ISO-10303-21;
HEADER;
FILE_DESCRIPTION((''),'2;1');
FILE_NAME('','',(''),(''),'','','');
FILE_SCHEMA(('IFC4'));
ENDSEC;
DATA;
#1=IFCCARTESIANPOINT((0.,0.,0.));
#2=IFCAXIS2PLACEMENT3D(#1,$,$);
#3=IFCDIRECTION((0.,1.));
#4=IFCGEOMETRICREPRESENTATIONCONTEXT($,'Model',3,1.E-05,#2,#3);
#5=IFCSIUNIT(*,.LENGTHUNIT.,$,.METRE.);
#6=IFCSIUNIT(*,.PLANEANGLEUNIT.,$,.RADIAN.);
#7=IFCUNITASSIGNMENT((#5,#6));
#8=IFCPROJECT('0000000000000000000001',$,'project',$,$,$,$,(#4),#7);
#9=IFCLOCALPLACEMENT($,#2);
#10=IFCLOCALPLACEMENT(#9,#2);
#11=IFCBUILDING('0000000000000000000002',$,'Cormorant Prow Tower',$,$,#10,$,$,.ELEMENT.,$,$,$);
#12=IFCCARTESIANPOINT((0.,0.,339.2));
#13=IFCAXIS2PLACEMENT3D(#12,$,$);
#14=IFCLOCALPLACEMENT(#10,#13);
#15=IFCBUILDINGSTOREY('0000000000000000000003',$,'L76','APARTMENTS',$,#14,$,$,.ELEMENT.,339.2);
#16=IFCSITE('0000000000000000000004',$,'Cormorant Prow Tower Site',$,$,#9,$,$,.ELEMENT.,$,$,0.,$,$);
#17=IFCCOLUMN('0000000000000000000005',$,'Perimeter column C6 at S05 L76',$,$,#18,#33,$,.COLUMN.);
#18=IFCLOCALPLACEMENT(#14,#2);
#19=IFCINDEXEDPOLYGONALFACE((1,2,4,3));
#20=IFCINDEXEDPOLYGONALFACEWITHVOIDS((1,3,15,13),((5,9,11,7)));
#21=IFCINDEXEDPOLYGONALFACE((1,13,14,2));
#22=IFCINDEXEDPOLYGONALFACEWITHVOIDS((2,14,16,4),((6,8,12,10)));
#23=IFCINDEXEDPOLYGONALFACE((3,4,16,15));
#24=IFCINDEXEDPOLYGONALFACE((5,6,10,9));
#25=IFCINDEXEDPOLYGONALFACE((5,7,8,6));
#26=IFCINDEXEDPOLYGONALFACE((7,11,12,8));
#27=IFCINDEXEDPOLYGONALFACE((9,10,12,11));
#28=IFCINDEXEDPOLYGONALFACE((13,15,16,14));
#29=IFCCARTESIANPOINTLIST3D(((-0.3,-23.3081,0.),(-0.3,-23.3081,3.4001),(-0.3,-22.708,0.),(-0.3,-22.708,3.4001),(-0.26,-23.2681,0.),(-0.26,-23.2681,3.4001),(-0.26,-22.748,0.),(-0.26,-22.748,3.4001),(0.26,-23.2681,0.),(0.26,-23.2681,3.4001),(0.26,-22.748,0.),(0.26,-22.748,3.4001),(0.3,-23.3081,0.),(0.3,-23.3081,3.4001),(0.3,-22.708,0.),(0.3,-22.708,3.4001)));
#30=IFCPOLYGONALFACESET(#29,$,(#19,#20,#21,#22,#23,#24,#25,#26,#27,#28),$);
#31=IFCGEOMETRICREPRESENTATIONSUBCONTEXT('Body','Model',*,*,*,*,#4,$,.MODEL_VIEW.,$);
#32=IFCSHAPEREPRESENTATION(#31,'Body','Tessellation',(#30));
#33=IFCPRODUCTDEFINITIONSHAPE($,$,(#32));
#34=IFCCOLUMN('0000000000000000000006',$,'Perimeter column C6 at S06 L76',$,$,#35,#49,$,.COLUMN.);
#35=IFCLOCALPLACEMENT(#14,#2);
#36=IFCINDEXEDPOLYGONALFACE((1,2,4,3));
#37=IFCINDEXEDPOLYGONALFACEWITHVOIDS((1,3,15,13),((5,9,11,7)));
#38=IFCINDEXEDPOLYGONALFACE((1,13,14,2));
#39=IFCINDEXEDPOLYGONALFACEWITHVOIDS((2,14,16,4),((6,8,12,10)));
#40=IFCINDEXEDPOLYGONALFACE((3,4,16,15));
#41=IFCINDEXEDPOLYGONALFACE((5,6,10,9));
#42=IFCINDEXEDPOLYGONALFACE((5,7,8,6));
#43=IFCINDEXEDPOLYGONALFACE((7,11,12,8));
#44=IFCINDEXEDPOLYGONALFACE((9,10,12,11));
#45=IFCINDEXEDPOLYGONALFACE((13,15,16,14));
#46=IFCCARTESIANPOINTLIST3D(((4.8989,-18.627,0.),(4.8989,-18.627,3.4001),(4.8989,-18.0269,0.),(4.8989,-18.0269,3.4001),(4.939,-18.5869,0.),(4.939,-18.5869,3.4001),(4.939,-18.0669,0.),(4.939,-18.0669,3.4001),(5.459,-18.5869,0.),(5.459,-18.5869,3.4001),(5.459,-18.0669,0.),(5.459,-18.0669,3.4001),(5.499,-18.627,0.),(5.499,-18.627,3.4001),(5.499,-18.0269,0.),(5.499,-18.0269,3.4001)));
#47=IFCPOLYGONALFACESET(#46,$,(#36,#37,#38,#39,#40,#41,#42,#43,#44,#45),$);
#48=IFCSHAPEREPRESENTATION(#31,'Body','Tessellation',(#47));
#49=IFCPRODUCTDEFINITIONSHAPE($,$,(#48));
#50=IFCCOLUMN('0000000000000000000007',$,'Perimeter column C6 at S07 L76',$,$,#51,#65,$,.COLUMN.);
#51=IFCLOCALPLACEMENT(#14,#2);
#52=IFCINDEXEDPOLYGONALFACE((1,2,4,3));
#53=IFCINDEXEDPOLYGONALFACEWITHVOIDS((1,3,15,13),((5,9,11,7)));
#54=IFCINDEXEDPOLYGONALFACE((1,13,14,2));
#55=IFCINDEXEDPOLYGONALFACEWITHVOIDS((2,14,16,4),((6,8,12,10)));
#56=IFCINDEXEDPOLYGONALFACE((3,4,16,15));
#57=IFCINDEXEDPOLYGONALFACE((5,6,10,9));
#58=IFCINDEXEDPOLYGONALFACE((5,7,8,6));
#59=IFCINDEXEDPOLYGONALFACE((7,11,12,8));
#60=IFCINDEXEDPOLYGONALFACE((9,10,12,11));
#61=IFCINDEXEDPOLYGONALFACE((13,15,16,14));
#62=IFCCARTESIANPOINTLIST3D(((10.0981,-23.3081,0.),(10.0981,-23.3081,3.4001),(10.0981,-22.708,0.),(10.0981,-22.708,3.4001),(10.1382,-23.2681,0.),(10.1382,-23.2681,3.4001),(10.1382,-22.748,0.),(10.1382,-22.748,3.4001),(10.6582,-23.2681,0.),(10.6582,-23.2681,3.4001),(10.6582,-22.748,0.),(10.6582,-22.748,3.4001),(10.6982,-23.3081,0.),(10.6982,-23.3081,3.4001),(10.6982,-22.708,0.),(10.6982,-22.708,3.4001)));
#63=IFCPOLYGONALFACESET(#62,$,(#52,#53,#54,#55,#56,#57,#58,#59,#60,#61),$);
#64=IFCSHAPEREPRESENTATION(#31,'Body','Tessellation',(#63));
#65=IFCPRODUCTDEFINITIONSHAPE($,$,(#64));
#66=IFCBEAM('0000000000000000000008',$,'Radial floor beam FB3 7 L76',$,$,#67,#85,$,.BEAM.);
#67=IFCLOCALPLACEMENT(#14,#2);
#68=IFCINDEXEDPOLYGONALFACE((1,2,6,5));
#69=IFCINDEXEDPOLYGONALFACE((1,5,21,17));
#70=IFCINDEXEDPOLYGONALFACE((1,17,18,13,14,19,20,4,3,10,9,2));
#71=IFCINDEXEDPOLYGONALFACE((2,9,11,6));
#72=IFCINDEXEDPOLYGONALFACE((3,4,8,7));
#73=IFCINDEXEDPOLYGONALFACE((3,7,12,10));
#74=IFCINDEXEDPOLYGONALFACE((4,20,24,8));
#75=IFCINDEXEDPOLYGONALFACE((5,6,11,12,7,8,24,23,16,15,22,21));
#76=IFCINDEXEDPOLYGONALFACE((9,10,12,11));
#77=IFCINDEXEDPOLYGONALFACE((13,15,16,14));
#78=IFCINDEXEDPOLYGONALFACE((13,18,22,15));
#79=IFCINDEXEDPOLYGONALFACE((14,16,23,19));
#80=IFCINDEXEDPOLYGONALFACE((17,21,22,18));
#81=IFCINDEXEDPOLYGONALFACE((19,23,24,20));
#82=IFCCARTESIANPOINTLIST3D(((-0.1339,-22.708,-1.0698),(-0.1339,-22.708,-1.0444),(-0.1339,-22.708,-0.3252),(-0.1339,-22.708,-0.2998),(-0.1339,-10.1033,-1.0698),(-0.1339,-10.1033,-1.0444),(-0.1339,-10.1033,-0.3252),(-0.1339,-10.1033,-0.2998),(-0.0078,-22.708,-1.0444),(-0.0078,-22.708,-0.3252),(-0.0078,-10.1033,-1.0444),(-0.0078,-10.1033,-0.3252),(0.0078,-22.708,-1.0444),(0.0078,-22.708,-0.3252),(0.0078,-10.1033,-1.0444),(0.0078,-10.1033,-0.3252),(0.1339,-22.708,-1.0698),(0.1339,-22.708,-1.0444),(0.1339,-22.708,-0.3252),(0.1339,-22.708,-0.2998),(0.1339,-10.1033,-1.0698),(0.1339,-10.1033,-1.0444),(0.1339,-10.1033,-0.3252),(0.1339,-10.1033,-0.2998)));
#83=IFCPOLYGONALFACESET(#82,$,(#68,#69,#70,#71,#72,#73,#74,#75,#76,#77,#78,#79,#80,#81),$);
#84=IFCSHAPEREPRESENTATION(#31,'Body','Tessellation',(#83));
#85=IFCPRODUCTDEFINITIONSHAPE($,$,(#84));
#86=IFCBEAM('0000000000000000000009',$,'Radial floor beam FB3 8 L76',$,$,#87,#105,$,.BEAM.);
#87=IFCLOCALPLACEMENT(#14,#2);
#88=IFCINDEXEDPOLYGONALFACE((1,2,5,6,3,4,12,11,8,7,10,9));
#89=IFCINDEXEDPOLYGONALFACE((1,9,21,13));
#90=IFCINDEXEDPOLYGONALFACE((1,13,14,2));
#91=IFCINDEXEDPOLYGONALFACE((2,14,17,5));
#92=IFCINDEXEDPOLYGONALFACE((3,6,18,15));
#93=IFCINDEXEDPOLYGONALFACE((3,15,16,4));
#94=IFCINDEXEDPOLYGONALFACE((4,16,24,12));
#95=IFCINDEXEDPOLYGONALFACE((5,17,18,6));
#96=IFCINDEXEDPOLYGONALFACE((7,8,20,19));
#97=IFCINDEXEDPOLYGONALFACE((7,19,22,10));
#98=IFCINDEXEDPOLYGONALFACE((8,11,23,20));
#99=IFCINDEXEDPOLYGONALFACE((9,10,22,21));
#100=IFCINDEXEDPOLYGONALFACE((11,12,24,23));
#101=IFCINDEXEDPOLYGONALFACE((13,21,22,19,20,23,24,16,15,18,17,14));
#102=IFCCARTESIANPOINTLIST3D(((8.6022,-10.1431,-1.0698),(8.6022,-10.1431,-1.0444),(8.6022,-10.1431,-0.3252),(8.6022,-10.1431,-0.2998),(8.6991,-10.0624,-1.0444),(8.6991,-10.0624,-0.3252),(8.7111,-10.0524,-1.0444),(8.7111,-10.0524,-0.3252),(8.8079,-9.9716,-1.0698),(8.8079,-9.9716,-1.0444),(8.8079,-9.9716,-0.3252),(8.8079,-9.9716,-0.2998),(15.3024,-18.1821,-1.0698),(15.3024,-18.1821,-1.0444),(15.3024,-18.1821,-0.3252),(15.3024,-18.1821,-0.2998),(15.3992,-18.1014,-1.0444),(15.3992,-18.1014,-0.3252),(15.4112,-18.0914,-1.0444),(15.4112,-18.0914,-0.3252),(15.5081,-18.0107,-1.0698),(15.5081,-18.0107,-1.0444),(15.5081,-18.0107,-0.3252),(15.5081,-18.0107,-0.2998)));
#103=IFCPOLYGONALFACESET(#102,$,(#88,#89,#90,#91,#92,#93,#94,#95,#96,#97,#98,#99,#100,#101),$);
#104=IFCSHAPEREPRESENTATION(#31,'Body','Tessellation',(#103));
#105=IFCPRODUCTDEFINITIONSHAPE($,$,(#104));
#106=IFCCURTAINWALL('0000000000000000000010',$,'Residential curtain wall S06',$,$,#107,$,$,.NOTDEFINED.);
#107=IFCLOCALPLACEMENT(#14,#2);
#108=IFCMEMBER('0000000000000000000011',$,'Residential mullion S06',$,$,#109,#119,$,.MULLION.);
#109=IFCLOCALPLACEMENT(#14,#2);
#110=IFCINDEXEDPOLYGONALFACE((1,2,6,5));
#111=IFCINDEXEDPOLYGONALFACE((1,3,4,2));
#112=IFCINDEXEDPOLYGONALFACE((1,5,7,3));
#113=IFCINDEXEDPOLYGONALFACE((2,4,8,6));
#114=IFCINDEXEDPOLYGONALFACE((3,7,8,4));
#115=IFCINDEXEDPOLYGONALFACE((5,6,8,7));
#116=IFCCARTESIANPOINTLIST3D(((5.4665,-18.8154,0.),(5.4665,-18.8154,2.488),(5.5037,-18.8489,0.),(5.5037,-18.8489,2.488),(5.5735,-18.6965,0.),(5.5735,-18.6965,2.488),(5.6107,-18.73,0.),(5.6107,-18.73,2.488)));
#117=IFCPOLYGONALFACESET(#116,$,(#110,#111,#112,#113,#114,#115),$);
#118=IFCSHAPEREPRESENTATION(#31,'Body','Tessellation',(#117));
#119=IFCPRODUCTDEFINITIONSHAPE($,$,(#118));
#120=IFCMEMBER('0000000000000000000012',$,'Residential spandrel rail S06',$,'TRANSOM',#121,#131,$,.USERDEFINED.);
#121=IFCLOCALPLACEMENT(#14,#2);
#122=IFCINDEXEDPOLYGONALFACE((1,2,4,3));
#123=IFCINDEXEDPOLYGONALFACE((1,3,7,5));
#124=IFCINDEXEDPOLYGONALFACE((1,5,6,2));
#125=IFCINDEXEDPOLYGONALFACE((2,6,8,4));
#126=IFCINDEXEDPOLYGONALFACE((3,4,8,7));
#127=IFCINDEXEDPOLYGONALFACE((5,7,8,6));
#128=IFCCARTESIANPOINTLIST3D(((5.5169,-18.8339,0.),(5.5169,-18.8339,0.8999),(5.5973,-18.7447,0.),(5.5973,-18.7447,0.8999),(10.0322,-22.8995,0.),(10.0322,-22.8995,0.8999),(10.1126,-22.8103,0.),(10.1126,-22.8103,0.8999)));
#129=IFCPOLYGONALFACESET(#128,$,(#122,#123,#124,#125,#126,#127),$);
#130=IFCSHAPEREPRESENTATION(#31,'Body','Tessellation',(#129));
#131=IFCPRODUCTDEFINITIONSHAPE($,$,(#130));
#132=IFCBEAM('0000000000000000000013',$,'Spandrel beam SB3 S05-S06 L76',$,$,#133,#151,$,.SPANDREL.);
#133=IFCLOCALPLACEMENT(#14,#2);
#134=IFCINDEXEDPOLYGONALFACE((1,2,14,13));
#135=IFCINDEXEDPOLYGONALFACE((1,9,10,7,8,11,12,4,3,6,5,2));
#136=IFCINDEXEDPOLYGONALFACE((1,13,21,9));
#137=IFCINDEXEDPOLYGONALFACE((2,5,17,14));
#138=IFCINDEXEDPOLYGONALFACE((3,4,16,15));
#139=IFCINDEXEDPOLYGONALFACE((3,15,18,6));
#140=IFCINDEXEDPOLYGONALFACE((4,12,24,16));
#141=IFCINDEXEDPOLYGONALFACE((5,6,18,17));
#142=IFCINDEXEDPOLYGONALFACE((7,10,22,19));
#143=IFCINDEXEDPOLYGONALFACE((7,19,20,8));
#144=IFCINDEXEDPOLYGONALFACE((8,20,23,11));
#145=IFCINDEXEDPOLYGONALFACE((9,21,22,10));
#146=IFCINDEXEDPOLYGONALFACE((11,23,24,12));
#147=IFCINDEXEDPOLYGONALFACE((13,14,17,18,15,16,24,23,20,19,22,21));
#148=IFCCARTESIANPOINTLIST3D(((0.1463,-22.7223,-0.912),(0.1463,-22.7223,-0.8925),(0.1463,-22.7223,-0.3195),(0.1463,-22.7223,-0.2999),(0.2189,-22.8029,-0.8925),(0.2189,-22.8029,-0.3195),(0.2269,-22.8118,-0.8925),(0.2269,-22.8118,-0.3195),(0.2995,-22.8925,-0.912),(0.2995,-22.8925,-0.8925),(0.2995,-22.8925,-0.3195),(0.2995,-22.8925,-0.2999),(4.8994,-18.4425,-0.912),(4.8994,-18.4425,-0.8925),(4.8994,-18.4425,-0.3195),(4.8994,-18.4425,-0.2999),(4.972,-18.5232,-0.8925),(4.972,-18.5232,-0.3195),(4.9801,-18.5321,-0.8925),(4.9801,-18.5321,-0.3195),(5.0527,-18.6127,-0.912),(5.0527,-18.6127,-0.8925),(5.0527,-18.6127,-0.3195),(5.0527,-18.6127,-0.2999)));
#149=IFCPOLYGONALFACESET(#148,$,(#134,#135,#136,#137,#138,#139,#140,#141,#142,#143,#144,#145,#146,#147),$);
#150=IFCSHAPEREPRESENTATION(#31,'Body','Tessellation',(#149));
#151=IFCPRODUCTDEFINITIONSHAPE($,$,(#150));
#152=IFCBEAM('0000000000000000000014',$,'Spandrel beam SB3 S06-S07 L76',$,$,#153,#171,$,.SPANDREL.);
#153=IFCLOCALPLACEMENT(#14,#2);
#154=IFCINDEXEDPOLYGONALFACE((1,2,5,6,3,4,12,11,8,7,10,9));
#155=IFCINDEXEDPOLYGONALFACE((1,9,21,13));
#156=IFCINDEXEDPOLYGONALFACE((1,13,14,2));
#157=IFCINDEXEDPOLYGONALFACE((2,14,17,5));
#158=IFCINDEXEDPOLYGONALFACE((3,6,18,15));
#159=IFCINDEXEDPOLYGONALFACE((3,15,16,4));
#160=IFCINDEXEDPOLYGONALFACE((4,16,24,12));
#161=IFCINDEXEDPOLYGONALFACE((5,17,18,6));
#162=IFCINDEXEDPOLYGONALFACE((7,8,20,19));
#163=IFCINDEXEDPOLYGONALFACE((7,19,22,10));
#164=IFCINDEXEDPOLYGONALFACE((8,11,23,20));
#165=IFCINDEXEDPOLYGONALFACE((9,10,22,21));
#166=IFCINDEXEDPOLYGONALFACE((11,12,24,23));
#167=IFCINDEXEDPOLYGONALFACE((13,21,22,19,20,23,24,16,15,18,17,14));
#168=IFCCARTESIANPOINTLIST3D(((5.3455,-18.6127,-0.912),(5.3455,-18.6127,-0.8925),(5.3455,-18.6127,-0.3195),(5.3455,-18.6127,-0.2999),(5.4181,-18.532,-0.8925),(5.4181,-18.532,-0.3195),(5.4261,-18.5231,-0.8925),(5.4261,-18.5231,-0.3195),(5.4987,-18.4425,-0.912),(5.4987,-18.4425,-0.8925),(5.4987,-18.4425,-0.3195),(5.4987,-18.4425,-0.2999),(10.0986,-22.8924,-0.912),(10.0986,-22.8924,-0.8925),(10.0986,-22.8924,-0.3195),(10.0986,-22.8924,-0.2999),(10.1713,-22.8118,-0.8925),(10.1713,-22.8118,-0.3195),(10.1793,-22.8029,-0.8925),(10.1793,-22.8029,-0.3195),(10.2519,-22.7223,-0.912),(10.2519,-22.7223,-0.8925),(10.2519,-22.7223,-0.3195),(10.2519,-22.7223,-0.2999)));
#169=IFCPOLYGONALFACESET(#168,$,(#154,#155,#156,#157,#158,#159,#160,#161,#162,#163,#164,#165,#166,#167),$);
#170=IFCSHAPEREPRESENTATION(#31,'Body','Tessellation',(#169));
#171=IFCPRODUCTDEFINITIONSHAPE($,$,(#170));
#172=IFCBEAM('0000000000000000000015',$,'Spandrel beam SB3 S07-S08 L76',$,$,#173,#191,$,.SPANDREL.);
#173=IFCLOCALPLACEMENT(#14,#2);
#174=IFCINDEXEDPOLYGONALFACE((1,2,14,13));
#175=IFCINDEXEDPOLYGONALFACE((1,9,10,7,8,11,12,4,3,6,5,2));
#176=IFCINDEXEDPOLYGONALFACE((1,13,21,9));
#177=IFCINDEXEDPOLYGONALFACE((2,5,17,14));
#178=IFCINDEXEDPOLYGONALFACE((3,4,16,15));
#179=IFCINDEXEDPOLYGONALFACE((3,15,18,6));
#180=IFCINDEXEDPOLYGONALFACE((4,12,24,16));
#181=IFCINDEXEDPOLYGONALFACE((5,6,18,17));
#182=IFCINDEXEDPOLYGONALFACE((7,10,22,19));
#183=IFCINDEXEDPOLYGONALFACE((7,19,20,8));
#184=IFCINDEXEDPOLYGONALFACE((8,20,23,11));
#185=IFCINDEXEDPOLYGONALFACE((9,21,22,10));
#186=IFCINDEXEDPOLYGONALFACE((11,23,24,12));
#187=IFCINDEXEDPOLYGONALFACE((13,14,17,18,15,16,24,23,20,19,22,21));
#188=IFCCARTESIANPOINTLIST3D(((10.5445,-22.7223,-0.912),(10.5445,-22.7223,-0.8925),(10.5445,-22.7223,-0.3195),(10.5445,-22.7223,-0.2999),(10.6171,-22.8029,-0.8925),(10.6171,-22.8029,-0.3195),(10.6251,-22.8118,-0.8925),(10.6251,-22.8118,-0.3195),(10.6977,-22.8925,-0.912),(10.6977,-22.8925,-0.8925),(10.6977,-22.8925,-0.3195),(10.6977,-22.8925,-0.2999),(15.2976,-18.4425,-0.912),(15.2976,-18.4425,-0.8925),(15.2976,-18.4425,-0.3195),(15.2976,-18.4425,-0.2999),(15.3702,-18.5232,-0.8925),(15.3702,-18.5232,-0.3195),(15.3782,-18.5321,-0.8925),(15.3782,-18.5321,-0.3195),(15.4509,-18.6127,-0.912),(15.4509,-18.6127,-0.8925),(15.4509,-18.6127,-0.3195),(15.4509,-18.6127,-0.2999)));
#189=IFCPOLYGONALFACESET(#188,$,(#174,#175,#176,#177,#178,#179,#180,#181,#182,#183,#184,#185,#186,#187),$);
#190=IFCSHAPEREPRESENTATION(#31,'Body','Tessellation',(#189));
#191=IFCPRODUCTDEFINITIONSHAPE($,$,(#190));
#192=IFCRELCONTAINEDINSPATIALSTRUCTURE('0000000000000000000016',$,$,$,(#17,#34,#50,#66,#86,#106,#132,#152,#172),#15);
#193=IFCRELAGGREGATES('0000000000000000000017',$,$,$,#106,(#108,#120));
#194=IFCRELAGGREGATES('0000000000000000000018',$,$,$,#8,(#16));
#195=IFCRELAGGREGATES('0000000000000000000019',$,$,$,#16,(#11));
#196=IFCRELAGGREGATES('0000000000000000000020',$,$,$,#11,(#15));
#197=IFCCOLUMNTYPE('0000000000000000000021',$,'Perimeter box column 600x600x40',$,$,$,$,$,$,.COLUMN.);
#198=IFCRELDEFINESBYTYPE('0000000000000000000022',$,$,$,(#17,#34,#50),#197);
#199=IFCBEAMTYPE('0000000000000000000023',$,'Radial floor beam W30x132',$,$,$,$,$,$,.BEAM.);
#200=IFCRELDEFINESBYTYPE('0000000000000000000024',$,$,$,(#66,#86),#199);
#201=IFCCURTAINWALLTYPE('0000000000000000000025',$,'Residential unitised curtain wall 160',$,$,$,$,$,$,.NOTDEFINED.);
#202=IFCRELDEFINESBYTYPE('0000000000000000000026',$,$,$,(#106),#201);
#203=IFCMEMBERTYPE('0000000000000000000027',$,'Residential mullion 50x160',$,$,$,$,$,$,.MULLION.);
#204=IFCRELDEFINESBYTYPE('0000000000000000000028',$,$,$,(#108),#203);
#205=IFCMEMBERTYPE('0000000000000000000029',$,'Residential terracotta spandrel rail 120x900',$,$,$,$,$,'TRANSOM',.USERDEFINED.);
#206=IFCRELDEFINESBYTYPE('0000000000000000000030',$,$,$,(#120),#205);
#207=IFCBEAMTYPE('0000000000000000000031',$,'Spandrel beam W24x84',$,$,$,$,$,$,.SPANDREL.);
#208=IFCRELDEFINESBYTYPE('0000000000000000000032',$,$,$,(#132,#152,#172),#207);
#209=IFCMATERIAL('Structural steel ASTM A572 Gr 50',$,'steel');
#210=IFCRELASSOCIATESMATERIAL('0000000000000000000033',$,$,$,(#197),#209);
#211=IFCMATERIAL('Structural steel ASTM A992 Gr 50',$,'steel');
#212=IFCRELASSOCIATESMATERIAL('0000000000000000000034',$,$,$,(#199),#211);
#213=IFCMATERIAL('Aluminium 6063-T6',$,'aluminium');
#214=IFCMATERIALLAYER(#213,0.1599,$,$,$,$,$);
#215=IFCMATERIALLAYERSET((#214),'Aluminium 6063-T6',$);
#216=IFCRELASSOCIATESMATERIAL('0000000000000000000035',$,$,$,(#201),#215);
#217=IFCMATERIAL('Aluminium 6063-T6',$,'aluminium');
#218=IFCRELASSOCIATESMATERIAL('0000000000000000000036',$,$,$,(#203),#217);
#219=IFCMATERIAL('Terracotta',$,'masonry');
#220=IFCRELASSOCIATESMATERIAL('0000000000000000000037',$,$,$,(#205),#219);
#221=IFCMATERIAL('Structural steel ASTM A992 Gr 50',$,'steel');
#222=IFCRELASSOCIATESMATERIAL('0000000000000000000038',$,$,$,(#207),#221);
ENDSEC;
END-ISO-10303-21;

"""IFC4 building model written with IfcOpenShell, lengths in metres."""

from ifc_helpers import new_model, si_unit, direction, frame, origin, origin_2d, place, context, subcontext, project, spatial, rectangle, hollow_rectangle, i_section, extrude, material, layer, layer_set, material_profile, profile_set, type_object, element, aggregate, save


model = new_model("IFC4")

# Units and contexts
model_context = context("Model", 3, precision=1e-05, world=origin(), true_north=direction((0.0, 1.0)))
body_context = subcontext(model_context, "Body", "Model", "MODEL_VIEW")
ifc_project = project(units=[si_unit("LENGTHUNIT", "METRE"), si_unit("PLANEANGLEUNIT", "RADIAN")], contexts=[model_context])

# Site, building, storey
site_placement = place(None, origin())
site = spatial("IfcSite", under=ifc_project, at=site_placement, Name="Cormorant Prow Tower Site", CompositionType="ELEMENT", RefElevation=0.0)
building_placement = place(site_placement, origin())
building = spatial("IfcBuilding", under=site, at=building_placement, Name="Cormorant Prow Tower", CompositionType="ELEMENT")
storey_placement = place(building_placement, frame((0.0, 0.0, 339.2)))
storey = spatial("IfcBuildingStorey", under=building, at=storey_placement, Name="L76", Description="APARTMENTS", CompositionType="ELEMENT", Elevation=339.2)

# Columns
ifc_material_1 = material(Name="Structural steel ASTM A572 Gr 50", Category="steel")
ifc_material_profile_1 = material_profile(ifc_material_1, hollow_rectangle(XDim=0.6001, YDim=0.6001, WallThickness=0.04, at=origin_2d()), Name="Box 600x600x40")
ifc_profile_set_1 = profile_set([ifc_material_profile_1], Name="Structural steel ASTM A572 Gr 50")
column_type = type_object("IfcColumnType", Name="Perimeter box column 600x600x40", PredefinedType="COLUMN", material=ifc_profile_set_1)
for number, where, z_axis, x_axis, name in (
    (1, (0.0, -23.0081, 0.0), (0.0, 0.0, 1.0), (1.0, 0.0, 0.0), "Perimeter column C6 at S05 L76"),
    (2, (5.199, -18.3269, 0.0), (0.0, 0.0, 1.0), (1.0, 0.0, 0.0), "Perimeter column C6 at S06 L76"),
    (3, (10.3982, -23.0081, 0.0), (0.0, 0.0, 1.0), (1.0, 0.0, 0.0), "Perimeter column C6 at S07 L76"),
):
    element("IfcColumn", number, at=place(storey_placement, frame(where, z_axis=z_axis, x_axis=x_axis)), inside=storey, type_object=column_type, Name=name, PredefinedType="COLUMN", context=body_context, shape_type="SweptSolid", body=[
        extrude(hollow_rectangle(XDim=0.6001, YDim=0.6001, WallThickness=0.04, at=origin_2d()), origin(), (0.0, 0.0, 1.0), 3.4001),
    ])

# Beams
ifc_material_2 = material(Name="Structural steel ASTM A992 Gr 50", Category="steel")
ifc_material_profile_2 = material_profile(ifc_material_2, i_section(OverallWidth=0.2678, OverallDepth=0.77, WebThickness=0.0156, FlangeThickness=0.0254, at=origin_2d()), Name="W30x132")
ifc_profile_set_2 = profile_set([ifc_material_profile_2], Name="Structural steel ASTM A992 Gr 50")
beam_type_1 = type_object("IfcBeamType", Name="Radial floor beam W30x132", PredefinedType="BEAM", material=ifc_profile_set_2)
beam_1_placement = place(storey_placement, frame((0.0, -10.1033, -0.6848), z_axis=(0.0, -1.0, 0.0), x_axis=(1.0, 0.0, 0.0)))
element("IfcBeam", 4, at=beam_1_placement, inside=storey, type_object=beam_type_1, Name="Radial floor beam FB3 7 L76", PredefinedType="BEAM", context=body_context, shape_type="SweptSolid", body=[
    extrude(i_section(OverallWidth=0.2678, OverallDepth=0.77, WebThickness=0.0156, FlangeThickness=0.0254, at=origin_2d()), origin(), (0.0, 0.0, 1.0), 12.6047),
])
beam_2_placement = place(storey_placement, frame((8.7051, -10.0574, -0.6848), z_axis=(0.640239, -0.768175, 0.0), x_axis=(0.768175, 0.640239, 0.0)))
element("IfcBeam", 5, at=beam_2_placement, inside=storey, type_object=beam_type_1, Name="Radial floor beam FB3 8 L76", PredefinedType="BEAM", context=body_context, shape_type="SweptSolid", body=[
    extrude(i_section(OverallWidth=0.2678, OverallDepth=0.77, WebThickness=0.0156, FlangeThickness=0.0254, at=origin_2d()), origin(), (0.0, 0.0, 1.0), 10.4651),
])

# Curtain wall, members
ifc_material_3 = material(Name="Aluminium 6063-T6", Category="aluminium")
ifc_layer_1 = layer(ifc_material_3, 0.1599)
ifc_layer_set_1 = layer_set([ifc_layer_1], Name="Aluminium 6063-T6")
curtain_wall_type = type_object("IfcCurtainWallType", Name="Residential unitised curtain wall 160", PredefinedType="NOTDEFINED", material=ifc_layer_set_1)
curtain_wall_placement = place(storey_placement, origin())
curtain_wall = element("IfcCurtainWall", 6, at=curtain_wall_placement, inside=storey, type_object=curtain_wall_type, Name="Residential curtain wall S06", PredefinedType="NOTDEFINED")
ifc_material_4 = material(Name="Aluminium 6063-T6", Category="aluminium")
ifc_material_profile_3 = material_profile(ifc_material_4, rectangle(XDim=0.1599, YDim=0.05, at=origin_2d()), Name="Residential mullion 50x160")
ifc_profile_set_3 = profile_set([ifc_material_profile_3], Name="Aluminium 6063-T6")
member_type_1 = type_object("IfcMemberType", Name="Residential mullion 50x160", PredefinedType="MULLION", material=ifc_profile_set_3)
member_1_placement = place(storey_placement, frame((5.5386, -18.7727, 0.0), z_axis=(0.0, 0.0, 1.0), x_axis=(0.669131, 0.743145, 0.0)))
member_1 = element("IfcMember", 7, at=member_1_placement, type_object=member_type_1, Name="Residential mullion S06", PredefinedType="MULLION", context=body_context, shape_type="SweptSolid", body=[
    extrude(rectangle(XDim=0.1599, YDim=0.05, at=origin_2d()), origin(), (0.0, 0.0, 1.0), 2.488),
])
ifc_material_5 = material(Name="Terracotta", Category="masonry")
ifc_material_profile_4 = material_profile(ifc_material_5, rectangle(XDim=0.1201, YDim=0.8999, at=origin_2d()), Name="Residential terracotta spandrel rail 120x900")
ifc_profile_set_4 = profile_set([ifc_material_profile_4], Name="Terracotta")
member_type_2 = type_object("IfcMemberType", Name="Residential terracotta spandrel rail 120x900", ElementType="TRANSOM", PredefinedType="USERDEFINED", material=ifc_profile_set_4)
member_2_placement = place(storey_placement, frame((5.5571, -18.7893, 0.45), z_axis=(0.743144, -0.669131, 0.0), x_axis=(0.669131, 0.743144, 0.0)))
member_2 = element("IfcMember", 8, at=member_2_placement, type_object=member_type_2, Name="Residential spandrel rail S06", ObjectType="TRANSOM", PredefinedType="USERDEFINED", context=body_context, shape_type="SweptSolid", body=[
    extrude(rectangle(XDim=0.1201, YDim=0.8999, at=origin_2d()), origin(), (0.0, 0.0, 1.0), 6.0759),
])

# Beams
ifc_material_6 = material(Name="Structural steel ASTM A992 Gr 50", Category="steel")
ifc_material_profile_5 = material_profile(ifc_material_6, i_section(OverallWidth=0.229, OverallDepth=0.6121, WebThickness=0.012, FlangeThickness=0.0195, at=origin_2d()), Name="W24x84")
ifc_profile_set_5 = profile_set([ifc_material_profile_5], Name="Structural steel ASTM A992 Gr 50")
beam_type_2 = type_object("IfcBeamType", Name="Spandrel beam W24x84", PredefinedType="SPANDREL", material=ifc_profile_set_5)
for number, where, z_axis, x_axis, name in (
    (9, (0.2229, -22.8074, -0.606), (0.743144, 0.669131, 0.0), (-0.669131, 0.743144, 0.0), "Spandrel beam SB3 S05-S06 L76"),
    (10, (5.4221, -18.5276, -0.606), (0.743144, -0.669131, 0.0), (0.669131, 0.743144, 0.0), "Spandrel beam SB3 S06-S07 L76"),
    (11, (10.6211, -22.8074, -0.606), (0.743144, 0.669131, 0.0), (-0.669131, 0.743144, 0.0), "Spandrel beam SB3 S07-S08 L76"),
):
    element("IfcBeam", number, at=place(storey_placement, frame(where, z_axis=z_axis, x_axis=x_axis)), inside=storey, type_object=beam_type_2, Name=name, PredefinedType="SPANDREL", context=body_context, shape_type="SweptSolid", body=[
        extrude(i_section(OverallWidth=0.229, OverallDepth=0.6121, WebThickness=0.012, FlangeThickness=0.0195, at=origin_2d()), origin(), (0.0, 0.0, 1.0), 6.396),
    ])

aggregate(curtain_wall, [member_1, member_2])

save(model, "model.ifc")
